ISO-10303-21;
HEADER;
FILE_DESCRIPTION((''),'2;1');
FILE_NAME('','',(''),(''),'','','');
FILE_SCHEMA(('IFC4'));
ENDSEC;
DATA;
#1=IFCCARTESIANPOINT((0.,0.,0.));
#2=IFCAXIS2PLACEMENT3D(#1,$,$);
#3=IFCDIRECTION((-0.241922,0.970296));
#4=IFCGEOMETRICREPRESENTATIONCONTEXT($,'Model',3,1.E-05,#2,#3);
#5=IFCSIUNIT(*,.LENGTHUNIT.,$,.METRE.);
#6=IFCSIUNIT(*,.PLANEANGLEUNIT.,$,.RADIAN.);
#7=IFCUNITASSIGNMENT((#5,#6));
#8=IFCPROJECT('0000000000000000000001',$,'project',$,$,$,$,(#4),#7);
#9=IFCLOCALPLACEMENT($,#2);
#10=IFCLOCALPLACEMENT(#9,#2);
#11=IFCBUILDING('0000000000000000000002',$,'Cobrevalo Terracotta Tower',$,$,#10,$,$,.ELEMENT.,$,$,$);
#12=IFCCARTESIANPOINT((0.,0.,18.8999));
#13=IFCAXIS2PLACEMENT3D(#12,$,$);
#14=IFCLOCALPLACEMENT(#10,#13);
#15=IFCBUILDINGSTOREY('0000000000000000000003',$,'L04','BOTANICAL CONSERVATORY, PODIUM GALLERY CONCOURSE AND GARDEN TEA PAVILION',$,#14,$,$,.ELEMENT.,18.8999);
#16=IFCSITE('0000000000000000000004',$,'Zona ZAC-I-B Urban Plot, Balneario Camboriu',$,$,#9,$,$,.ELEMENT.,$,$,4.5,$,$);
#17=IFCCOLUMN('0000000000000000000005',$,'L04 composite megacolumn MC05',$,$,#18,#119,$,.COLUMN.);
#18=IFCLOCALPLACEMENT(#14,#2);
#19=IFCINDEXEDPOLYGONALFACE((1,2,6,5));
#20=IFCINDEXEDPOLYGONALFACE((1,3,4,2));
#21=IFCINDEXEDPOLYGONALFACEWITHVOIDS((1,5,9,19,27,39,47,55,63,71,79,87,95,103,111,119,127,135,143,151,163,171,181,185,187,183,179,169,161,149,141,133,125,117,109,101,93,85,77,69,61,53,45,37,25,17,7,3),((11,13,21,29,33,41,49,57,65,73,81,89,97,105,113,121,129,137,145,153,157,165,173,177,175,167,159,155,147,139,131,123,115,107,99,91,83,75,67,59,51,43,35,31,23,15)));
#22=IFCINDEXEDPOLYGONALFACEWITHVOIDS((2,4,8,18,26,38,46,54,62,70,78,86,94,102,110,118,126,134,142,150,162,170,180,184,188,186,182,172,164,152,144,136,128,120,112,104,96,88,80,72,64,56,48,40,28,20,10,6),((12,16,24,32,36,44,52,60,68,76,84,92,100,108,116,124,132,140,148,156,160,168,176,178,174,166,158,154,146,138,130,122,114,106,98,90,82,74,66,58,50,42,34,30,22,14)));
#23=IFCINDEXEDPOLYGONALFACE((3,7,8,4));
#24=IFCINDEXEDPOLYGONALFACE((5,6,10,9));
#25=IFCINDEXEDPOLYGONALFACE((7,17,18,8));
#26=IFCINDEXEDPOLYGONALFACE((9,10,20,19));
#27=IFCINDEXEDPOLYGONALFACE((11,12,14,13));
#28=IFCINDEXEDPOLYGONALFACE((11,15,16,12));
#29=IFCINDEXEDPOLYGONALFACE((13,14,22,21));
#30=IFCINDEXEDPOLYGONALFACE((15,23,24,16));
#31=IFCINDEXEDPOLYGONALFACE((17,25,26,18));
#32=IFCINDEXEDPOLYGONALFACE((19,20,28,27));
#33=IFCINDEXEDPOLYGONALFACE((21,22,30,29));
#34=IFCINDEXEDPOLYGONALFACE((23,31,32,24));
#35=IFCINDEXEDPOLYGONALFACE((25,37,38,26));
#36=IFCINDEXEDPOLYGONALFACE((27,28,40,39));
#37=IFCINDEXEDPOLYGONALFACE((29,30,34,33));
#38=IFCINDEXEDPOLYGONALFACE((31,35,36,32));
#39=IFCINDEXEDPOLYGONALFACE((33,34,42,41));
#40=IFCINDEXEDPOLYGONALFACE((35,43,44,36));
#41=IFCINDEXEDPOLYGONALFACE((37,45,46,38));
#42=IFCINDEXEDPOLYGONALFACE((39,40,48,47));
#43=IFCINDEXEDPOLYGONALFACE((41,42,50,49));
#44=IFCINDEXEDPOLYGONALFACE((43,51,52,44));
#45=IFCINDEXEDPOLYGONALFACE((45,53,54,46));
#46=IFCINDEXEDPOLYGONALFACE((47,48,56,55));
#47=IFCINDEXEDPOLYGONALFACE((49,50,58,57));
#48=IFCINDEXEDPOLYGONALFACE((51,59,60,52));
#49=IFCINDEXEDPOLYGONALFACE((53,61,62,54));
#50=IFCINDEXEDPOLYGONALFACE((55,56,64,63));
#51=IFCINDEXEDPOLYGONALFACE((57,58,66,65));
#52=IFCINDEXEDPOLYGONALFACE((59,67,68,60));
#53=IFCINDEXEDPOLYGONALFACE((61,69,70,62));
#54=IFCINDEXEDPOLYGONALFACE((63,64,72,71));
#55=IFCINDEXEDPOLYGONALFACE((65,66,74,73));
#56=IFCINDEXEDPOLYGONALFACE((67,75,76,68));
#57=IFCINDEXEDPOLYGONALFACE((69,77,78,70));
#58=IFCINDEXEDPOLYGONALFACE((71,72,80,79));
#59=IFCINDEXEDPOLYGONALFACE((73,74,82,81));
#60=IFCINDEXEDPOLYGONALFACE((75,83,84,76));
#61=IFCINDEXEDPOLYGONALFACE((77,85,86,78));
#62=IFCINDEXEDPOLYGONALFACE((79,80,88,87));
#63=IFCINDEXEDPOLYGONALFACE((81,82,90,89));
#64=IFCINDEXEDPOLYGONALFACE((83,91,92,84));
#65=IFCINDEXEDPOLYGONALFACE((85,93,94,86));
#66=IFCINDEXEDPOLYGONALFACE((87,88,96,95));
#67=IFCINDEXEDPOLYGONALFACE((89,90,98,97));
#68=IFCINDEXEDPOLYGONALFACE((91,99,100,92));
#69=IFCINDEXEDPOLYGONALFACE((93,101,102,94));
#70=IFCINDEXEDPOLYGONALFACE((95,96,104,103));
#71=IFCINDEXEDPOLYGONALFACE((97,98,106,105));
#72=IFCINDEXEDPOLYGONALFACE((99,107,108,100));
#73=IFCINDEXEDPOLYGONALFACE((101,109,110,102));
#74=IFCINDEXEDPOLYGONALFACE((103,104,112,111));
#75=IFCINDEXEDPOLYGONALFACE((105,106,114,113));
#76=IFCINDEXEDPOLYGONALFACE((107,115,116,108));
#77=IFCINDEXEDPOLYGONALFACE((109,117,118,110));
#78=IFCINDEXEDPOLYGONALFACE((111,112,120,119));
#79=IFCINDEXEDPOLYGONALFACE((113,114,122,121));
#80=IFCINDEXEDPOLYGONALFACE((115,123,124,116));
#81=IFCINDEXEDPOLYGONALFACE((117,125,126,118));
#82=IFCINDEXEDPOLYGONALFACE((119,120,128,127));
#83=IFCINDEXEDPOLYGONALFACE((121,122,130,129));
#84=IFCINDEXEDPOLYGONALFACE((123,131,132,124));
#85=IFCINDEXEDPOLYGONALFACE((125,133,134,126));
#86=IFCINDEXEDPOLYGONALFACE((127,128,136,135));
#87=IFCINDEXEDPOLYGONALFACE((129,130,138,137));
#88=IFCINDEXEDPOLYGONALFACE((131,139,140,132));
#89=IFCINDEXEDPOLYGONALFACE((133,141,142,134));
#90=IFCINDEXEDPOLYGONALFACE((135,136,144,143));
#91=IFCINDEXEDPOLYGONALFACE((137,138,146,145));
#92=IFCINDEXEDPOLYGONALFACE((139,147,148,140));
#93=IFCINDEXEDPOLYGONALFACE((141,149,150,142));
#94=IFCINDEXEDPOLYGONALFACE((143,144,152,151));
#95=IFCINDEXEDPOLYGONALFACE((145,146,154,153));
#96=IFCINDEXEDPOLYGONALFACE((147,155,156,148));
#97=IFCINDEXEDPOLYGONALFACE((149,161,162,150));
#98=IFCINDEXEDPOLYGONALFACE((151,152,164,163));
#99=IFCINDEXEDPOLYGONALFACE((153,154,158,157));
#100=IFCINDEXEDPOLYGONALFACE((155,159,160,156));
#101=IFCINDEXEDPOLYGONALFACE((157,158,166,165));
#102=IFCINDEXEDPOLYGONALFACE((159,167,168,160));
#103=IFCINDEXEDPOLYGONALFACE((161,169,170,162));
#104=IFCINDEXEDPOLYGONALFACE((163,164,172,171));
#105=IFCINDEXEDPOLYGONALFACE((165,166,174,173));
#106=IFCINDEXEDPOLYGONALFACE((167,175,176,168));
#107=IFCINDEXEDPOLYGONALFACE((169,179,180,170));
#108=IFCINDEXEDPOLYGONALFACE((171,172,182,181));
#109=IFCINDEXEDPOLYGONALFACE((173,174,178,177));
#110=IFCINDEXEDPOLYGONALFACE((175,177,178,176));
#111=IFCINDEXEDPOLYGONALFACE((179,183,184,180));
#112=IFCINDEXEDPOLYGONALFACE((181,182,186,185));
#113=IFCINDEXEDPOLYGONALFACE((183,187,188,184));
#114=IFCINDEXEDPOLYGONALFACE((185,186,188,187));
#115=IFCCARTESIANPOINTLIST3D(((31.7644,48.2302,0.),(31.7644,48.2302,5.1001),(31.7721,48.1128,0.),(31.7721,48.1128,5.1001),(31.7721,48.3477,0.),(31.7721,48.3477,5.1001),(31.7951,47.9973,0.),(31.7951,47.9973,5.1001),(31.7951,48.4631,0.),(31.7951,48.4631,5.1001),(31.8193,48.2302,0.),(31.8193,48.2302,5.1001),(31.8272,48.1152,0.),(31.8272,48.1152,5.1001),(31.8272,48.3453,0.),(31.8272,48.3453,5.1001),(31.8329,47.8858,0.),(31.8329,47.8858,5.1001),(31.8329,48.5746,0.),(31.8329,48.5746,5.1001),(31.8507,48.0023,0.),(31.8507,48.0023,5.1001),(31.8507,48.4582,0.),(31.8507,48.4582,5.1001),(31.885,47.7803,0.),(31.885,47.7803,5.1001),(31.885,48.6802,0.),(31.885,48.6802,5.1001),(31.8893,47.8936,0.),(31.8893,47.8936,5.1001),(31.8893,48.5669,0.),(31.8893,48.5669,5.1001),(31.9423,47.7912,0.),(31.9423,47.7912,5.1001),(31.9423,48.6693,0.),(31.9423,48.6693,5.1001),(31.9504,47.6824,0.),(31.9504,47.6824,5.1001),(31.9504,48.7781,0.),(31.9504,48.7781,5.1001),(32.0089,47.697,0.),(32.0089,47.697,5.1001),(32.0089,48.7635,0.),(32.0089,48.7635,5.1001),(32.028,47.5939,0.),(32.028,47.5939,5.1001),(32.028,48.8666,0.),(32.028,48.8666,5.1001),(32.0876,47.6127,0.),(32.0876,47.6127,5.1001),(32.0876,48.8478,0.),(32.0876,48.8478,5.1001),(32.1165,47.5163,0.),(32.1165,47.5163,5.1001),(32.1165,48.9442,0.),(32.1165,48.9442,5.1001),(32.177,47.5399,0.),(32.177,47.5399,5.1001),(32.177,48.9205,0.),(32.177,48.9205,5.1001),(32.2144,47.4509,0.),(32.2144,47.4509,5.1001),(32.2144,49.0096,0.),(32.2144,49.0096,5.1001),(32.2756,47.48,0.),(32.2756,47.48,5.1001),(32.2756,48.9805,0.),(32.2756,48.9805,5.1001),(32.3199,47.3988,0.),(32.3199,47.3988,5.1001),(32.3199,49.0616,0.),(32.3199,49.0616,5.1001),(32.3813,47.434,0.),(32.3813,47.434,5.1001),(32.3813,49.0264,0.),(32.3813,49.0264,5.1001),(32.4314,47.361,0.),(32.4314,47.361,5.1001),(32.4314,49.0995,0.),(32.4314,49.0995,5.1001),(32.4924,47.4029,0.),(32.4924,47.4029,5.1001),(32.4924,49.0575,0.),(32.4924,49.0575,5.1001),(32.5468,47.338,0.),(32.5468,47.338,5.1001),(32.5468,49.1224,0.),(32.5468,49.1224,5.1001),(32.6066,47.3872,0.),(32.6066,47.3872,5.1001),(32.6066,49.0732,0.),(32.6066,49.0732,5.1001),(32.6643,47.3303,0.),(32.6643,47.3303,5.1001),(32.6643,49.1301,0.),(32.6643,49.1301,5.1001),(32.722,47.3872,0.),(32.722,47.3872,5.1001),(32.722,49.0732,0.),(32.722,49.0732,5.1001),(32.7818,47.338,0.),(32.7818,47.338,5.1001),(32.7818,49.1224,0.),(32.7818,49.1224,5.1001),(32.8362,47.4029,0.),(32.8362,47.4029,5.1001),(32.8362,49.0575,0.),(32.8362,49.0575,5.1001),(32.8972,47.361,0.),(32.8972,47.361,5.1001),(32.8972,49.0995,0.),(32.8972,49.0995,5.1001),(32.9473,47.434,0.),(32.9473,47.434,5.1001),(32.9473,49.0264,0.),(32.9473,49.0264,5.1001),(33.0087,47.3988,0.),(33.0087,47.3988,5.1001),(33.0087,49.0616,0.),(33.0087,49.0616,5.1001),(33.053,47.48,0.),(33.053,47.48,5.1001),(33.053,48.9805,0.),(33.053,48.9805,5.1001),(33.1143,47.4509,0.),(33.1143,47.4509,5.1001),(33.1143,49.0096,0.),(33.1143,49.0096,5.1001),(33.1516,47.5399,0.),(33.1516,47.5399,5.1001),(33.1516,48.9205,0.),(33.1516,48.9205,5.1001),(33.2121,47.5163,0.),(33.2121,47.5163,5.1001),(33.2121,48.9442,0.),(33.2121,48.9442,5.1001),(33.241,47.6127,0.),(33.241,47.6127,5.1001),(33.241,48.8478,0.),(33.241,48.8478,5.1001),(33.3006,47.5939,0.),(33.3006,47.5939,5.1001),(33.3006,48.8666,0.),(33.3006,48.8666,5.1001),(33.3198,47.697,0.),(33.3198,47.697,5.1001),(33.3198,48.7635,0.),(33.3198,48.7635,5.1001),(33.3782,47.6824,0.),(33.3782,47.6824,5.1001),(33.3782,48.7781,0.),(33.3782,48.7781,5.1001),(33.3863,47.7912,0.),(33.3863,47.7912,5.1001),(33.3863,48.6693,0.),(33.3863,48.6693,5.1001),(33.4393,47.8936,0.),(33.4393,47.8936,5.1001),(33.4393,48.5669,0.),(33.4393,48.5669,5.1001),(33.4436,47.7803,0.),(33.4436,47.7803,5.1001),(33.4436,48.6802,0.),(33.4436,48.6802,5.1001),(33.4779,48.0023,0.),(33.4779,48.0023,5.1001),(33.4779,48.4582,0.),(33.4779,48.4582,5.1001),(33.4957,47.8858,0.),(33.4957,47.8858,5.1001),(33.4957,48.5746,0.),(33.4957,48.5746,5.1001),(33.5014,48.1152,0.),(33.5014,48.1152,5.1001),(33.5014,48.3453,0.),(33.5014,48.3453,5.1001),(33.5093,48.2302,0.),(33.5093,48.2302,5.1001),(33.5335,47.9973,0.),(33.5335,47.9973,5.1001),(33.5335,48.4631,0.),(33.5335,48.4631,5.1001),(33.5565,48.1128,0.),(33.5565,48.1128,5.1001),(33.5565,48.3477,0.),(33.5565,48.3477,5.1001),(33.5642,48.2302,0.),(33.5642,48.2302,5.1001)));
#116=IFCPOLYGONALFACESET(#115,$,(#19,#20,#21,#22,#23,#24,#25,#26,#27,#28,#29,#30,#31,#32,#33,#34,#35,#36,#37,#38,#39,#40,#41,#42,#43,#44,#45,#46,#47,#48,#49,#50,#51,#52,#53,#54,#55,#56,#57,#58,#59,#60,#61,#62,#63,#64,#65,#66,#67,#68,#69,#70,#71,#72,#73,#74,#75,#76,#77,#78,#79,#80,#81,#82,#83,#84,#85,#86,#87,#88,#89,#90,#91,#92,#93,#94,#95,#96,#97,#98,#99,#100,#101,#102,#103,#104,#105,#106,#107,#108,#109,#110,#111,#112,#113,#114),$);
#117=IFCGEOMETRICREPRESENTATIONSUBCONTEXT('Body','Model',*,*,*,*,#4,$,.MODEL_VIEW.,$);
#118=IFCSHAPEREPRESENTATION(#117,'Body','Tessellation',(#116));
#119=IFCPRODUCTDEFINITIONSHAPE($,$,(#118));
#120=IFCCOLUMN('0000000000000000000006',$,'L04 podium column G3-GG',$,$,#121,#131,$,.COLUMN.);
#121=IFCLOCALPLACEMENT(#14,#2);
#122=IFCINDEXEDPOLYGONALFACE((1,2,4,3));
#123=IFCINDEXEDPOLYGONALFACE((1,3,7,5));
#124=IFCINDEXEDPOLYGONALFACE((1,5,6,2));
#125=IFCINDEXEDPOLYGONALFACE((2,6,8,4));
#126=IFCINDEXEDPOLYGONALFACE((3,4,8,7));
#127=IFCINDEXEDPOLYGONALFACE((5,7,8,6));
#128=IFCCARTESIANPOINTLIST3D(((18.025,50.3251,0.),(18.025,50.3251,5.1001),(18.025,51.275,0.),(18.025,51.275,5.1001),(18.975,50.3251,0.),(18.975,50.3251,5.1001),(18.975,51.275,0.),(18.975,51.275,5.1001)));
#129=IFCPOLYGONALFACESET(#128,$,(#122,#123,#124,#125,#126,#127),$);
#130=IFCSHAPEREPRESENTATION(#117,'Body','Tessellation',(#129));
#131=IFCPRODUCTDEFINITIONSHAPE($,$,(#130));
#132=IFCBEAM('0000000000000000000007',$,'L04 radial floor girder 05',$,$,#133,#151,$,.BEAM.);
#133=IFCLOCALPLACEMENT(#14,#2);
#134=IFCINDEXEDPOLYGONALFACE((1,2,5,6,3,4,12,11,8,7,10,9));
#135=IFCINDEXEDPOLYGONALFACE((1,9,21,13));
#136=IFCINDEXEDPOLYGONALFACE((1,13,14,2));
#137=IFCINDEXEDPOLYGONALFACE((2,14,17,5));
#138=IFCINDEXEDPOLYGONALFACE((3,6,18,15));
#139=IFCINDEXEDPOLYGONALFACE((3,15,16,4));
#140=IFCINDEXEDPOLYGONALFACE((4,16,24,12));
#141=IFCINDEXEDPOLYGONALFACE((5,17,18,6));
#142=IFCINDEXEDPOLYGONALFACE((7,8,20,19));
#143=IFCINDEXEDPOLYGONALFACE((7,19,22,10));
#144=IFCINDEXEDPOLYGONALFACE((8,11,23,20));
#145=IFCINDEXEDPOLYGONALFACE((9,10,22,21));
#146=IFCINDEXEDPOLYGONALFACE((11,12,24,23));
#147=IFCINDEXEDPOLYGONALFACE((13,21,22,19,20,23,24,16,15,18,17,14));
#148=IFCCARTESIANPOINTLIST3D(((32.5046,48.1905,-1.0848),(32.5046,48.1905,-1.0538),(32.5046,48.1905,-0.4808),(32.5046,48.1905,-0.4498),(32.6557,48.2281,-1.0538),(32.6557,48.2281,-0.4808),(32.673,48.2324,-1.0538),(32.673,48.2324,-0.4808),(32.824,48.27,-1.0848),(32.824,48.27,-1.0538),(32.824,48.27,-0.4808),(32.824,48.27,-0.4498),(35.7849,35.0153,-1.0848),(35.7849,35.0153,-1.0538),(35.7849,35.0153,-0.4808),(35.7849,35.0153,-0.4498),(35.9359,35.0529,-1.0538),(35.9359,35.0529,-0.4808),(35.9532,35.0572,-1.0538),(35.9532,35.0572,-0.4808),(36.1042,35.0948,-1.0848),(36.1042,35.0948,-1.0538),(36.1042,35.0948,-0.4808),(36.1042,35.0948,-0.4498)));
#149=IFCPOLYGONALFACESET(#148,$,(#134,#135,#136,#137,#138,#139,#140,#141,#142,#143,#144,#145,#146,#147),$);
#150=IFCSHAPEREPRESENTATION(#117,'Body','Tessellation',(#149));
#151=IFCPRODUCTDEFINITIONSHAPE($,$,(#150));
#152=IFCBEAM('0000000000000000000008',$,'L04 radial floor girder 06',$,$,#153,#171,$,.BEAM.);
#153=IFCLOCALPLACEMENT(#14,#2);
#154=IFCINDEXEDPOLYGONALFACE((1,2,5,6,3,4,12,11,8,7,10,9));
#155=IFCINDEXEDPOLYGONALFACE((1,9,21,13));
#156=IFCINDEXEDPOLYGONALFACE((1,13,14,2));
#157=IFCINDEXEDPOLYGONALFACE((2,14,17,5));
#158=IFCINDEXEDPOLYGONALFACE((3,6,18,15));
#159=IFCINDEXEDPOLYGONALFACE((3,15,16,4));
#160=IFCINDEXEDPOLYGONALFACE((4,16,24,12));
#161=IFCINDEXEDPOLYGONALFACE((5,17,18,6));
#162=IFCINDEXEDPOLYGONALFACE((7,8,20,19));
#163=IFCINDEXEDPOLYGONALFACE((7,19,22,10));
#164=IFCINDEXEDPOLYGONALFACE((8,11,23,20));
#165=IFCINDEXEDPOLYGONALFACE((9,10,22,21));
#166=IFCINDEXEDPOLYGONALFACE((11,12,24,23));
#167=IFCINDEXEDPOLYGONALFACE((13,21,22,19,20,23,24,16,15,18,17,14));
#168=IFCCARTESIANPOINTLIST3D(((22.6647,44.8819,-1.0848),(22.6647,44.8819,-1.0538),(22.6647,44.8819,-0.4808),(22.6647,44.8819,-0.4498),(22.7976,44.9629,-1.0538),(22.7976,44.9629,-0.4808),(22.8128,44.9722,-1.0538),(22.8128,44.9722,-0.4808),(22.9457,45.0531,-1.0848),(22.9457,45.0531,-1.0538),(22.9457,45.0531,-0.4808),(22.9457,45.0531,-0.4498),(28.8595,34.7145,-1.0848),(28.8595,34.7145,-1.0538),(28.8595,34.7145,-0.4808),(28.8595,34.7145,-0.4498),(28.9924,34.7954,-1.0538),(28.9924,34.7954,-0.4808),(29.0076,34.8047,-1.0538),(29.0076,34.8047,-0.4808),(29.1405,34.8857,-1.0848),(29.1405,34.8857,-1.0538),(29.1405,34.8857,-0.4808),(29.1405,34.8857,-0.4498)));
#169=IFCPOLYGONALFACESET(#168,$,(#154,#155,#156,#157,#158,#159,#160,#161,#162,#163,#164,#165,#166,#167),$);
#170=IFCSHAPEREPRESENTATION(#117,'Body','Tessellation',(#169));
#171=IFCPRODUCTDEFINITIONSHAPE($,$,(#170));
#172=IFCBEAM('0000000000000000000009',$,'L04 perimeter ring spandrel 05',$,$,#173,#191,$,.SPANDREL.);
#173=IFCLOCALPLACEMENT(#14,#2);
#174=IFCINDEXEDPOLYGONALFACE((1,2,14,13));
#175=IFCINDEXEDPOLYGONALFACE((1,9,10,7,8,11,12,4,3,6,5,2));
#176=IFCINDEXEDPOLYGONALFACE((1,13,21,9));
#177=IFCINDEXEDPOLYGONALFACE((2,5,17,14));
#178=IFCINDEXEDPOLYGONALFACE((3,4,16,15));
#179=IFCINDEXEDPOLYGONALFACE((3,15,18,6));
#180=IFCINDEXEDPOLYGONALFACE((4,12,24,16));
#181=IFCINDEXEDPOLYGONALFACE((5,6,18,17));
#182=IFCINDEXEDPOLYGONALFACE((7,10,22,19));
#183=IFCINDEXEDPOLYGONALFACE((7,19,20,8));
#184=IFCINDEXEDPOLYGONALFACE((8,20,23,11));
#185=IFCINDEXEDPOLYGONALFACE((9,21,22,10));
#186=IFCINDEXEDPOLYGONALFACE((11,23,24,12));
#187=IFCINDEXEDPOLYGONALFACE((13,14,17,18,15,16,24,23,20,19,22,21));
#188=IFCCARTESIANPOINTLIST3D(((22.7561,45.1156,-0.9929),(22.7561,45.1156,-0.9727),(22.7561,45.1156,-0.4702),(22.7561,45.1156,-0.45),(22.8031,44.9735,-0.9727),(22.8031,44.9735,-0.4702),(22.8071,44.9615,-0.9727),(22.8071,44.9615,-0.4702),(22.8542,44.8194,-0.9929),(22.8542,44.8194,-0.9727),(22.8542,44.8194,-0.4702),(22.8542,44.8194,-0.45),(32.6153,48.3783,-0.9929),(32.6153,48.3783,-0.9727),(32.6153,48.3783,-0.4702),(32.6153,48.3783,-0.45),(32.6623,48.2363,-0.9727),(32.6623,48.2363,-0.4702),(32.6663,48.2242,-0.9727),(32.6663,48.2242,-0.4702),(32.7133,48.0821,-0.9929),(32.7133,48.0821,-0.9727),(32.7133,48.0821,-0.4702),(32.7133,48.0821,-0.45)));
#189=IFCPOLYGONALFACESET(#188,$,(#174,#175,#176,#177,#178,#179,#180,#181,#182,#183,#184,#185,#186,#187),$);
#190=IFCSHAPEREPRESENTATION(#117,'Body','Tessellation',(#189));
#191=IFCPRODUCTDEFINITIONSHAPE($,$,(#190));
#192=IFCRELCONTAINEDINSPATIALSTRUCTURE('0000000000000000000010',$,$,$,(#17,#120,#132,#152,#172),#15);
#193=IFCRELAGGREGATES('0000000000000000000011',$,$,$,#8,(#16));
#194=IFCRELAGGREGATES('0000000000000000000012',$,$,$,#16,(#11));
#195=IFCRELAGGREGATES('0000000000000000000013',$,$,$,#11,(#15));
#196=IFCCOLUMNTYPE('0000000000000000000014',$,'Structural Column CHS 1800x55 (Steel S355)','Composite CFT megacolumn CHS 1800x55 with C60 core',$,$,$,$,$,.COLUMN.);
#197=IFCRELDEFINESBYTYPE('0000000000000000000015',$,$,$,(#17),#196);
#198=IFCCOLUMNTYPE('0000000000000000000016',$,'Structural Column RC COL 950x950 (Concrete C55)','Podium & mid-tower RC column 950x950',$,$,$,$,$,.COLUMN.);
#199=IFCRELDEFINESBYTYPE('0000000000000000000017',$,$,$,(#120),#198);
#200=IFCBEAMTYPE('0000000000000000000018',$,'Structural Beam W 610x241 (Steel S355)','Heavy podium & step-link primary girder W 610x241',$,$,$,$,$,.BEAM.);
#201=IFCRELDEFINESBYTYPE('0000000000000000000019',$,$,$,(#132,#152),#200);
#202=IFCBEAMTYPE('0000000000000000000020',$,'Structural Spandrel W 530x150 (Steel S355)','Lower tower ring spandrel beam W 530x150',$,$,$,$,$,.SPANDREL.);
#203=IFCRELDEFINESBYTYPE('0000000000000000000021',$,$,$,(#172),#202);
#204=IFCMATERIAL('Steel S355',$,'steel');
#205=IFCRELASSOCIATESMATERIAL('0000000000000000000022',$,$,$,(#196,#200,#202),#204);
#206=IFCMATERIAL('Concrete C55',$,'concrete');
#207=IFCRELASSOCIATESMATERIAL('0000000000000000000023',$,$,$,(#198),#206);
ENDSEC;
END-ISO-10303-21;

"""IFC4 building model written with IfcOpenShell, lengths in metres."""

from ifc_helpers import new_model, si_unit, direction, frame, origin, origin_2d, place, context, subcontext, project, spatial, rectangle, hollow_circle, i_section, extrude, material, material_profile, profile_set, type_object, element, save


model = new_model("IFC4")

# Units and contexts
model_context = context("Model", 3, precision=1e-05, world=origin(), true_north=direction((-0.241922, 0.970296)))
body_context = subcontext(model_context, "Body", "Model", "MODEL_VIEW")
ifc_project = project(units=[si_unit("LENGTHUNIT", "METRE"), si_unit("PLANEANGLEUNIT", "RADIAN")], contexts=[model_context])

# Site, building, storey
site_placement = place(None, origin())
site = spatial("IfcSite", under=ifc_project, at=site_placement, Name="Zona ZAC-I-B Urban Plot, Balneario Camboriu", CompositionType="ELEMENT", RefElevation=4.5)
building_placement = place(site_placement, origin())
building = spatial("IfcBuilding", under=site, at=building_placement, Name="Cobrevalo Terracotta Tower", CompositionType="ELEMENT")
storey_placement = place(building_placement, frame((0.0, 0.0, 18.8999)))
storey = spatial("IfcBuildingStorey", under=building, at=storey_placement, Name="L04", Description="BOTANICAL CONSERVATORY, PODIUM GALLERY CONCOURSE AND GARDEN TEA PAVILION", CompositionType="ELEMENT", Elevation=18.8999)

# Columns
ifc_material_1 = material(Name="Steel S355", Category="steel")
ifc_material_profile_1 = material_profile(ifc_material_1, hollow_circle(Radius=0.8999, WallThickness=0.0549, at=origin_2d()), Name="CHS 1800x55")
ifc_profile_set_1 = profile_set([ifc_material_profile_1], Name="Steel S355")
column_type_1 = type_object("IfcColumnType", Name="Structural Column CHS 1800x55 (Steel S355)", Description="Composite CFT megacolumn CHS 1800x55 with C60 core", PredefinedType="COLUMN", material=ifc_profile_set_1)
column_1_placement = place(storey_placement, frame((32.6643, 48.2302, 0.0), z_axis=(0.0, 0.0, 1.0), x_axis=(1.0, 0.0, 0.0)))
element("IfcColumn", 1, at=column_1_placement, inside=storey, type_object=column_type_1, Name="L04 composite megacolumn MC05", PredefinedType="COLUMN", context=body_context, shape_type="SweptSolid", body=[
    extrude(hollow_circle(Radius=0.8999, WallThickness=0.0549, at=origin_2d()), origin(), (0.0, 0.0, 1.0), 5.1001),
])
ifc_material_2 = material(Name="Concrete C55", Category="concrete")
ifc_material_profile_2 = material_profile(ifc_material_2, rectangle(XDim=0.95, YDim=0.95, at=origin_2d()), Name="RC COL 950x950")
ifc_profile_set_2 = profile_set([ifc_material_profile_2], Name="Concrete C55")
column_type_2 = type_object("IfcColumnType", Name="Structural Column RC COL 950x950 (Concrete C55)", Description="Podium & mid-tower RC column 950x950", PredefinedType="COLUMN", material=ifc_profile_set_2)
column_2_placement = place(storey_placement, frame((18.5, 50.8, 0.0), z_axis=(0.0, 0.0, 1.0), x_axis=(1.0, 0.0, 0.0)))
element("IfcColumn", 2, at=column_2_placement, inside=storey, type_object=column_type_2, Name="L04 podium column G3-GG", PredefinedType="COLUMN", context=body_context, shape_type="SweptSolid", body=[
    extrude(rectangle(XDim=0.95, YDim=0.95, at=origin_2d()), origin(), (0.0, 0.0, 1.0), 5.1001),
])

# Beams
ifc_material_profile_3 = material_profile(ifc_material_1, i_section(OverallWidth=0.3291, OverallDepth=0.635, WebThickness=0.0178, FlangeThickness=0.031, at=origin_2d()), Name="W 610x241")
ifc_profile_set_3 = profile_set([ifc_material_profile_3], Name="Steel S355")
beam_type_1 = type_object("IfcBeamType", Name="Structural Beam W 610x241 (Steel S355)", Description="Heavy podium & step-link primary girder W 610x241", PredefinedType="BEAM", material=ifc_profile_set_3)
beam_1_placement = place(storey_placement, frame((32.6643, 48.2302, -0.7673), z_axis=(0.241596, -0.970377, 0.0), x_axis=(0.970377, 0.241596, 0.0)))
element("IfcBeam", 3, at=beam_1_placement, inside=storey, type_object=beam_type_1, Name="L04 radial floor girder 05", PredefinedType="BEAM", context=body_context, shape_type="SweptSolid", body=[
    extrude(i_section(OverallWidth=0.3291, OverallDepth=0.635, WebThickness=0.0178, FlangeThickness=0.031, at=origin_2d()), origin(), (0.0, 0.0, 1.0), 13.5774),
])
beam_2_placement = place(storey_placement, frame((22.8052, 44.9675, -0.7673), z_axis=(0.52031, -0.853978, 0.0), x_axis=(0.853978, 0.52031, 0.0)))
element("IfcBeam", 4, at=beam_2_placement, inside=storey, type_object=beam_type_1, Name="L04 radial floor girder 06", PredefinedType="BEAM", context=body_context, shape_type="SweptSolid", body=[
    extrude(i_section(OverallWidth=0.3291, OverallDepth=0.635, WebThickness=0.0178, FlangeThickness=0.031, at=origin_2d()), origin(), (0.0, 0.0, 1.0), 11.906),
])
ifc_material_profile_4 = material_profile(ifc_material_1, i_section(OverallWidth=0.312, OverallDepth=0.543, WebThickness=0.0127, FlangeThickness=0.0203, at=origin_2d()), Name="W 530x150")
ifc_profile_set_4 = profile_set([ifc_material_profile_4], Name="Steel S355")
beam_type_2 = type_object("IfcBeamType", Name="Structural Spandrel W 530x150 (Steel S355)", Description="Lower tower ring spandrel beam W 530x150", PredefinedType="SPANDREL", material=ifc_profile_set_4)
beam_3_placement = place(storey_placement, frame((32.6643, 48.2302, -0.7214), z_axis=(-0.949365, -0.314175, 0.0), x_axis=(0.314175, -0.949365, 0.0)))
element("IfcBeam", 5, at=beam_3_placement, inside=storey, type_object=beam_type_2, Name="L04 perimeter ring spandrel 05", PredefinedType="SPANDREL", context=body_context, shape_type="SweptSolid", body=[
    extrude(i_section(OverallWidth=0.312, OverallDepth=0.543, WebThickness=0.0127, FlangeThickness=0.0203, at=origin_2d()), origin(), (0.0, 0.0, 1.0), 10.385),
])

save(model, "model.ifc")
